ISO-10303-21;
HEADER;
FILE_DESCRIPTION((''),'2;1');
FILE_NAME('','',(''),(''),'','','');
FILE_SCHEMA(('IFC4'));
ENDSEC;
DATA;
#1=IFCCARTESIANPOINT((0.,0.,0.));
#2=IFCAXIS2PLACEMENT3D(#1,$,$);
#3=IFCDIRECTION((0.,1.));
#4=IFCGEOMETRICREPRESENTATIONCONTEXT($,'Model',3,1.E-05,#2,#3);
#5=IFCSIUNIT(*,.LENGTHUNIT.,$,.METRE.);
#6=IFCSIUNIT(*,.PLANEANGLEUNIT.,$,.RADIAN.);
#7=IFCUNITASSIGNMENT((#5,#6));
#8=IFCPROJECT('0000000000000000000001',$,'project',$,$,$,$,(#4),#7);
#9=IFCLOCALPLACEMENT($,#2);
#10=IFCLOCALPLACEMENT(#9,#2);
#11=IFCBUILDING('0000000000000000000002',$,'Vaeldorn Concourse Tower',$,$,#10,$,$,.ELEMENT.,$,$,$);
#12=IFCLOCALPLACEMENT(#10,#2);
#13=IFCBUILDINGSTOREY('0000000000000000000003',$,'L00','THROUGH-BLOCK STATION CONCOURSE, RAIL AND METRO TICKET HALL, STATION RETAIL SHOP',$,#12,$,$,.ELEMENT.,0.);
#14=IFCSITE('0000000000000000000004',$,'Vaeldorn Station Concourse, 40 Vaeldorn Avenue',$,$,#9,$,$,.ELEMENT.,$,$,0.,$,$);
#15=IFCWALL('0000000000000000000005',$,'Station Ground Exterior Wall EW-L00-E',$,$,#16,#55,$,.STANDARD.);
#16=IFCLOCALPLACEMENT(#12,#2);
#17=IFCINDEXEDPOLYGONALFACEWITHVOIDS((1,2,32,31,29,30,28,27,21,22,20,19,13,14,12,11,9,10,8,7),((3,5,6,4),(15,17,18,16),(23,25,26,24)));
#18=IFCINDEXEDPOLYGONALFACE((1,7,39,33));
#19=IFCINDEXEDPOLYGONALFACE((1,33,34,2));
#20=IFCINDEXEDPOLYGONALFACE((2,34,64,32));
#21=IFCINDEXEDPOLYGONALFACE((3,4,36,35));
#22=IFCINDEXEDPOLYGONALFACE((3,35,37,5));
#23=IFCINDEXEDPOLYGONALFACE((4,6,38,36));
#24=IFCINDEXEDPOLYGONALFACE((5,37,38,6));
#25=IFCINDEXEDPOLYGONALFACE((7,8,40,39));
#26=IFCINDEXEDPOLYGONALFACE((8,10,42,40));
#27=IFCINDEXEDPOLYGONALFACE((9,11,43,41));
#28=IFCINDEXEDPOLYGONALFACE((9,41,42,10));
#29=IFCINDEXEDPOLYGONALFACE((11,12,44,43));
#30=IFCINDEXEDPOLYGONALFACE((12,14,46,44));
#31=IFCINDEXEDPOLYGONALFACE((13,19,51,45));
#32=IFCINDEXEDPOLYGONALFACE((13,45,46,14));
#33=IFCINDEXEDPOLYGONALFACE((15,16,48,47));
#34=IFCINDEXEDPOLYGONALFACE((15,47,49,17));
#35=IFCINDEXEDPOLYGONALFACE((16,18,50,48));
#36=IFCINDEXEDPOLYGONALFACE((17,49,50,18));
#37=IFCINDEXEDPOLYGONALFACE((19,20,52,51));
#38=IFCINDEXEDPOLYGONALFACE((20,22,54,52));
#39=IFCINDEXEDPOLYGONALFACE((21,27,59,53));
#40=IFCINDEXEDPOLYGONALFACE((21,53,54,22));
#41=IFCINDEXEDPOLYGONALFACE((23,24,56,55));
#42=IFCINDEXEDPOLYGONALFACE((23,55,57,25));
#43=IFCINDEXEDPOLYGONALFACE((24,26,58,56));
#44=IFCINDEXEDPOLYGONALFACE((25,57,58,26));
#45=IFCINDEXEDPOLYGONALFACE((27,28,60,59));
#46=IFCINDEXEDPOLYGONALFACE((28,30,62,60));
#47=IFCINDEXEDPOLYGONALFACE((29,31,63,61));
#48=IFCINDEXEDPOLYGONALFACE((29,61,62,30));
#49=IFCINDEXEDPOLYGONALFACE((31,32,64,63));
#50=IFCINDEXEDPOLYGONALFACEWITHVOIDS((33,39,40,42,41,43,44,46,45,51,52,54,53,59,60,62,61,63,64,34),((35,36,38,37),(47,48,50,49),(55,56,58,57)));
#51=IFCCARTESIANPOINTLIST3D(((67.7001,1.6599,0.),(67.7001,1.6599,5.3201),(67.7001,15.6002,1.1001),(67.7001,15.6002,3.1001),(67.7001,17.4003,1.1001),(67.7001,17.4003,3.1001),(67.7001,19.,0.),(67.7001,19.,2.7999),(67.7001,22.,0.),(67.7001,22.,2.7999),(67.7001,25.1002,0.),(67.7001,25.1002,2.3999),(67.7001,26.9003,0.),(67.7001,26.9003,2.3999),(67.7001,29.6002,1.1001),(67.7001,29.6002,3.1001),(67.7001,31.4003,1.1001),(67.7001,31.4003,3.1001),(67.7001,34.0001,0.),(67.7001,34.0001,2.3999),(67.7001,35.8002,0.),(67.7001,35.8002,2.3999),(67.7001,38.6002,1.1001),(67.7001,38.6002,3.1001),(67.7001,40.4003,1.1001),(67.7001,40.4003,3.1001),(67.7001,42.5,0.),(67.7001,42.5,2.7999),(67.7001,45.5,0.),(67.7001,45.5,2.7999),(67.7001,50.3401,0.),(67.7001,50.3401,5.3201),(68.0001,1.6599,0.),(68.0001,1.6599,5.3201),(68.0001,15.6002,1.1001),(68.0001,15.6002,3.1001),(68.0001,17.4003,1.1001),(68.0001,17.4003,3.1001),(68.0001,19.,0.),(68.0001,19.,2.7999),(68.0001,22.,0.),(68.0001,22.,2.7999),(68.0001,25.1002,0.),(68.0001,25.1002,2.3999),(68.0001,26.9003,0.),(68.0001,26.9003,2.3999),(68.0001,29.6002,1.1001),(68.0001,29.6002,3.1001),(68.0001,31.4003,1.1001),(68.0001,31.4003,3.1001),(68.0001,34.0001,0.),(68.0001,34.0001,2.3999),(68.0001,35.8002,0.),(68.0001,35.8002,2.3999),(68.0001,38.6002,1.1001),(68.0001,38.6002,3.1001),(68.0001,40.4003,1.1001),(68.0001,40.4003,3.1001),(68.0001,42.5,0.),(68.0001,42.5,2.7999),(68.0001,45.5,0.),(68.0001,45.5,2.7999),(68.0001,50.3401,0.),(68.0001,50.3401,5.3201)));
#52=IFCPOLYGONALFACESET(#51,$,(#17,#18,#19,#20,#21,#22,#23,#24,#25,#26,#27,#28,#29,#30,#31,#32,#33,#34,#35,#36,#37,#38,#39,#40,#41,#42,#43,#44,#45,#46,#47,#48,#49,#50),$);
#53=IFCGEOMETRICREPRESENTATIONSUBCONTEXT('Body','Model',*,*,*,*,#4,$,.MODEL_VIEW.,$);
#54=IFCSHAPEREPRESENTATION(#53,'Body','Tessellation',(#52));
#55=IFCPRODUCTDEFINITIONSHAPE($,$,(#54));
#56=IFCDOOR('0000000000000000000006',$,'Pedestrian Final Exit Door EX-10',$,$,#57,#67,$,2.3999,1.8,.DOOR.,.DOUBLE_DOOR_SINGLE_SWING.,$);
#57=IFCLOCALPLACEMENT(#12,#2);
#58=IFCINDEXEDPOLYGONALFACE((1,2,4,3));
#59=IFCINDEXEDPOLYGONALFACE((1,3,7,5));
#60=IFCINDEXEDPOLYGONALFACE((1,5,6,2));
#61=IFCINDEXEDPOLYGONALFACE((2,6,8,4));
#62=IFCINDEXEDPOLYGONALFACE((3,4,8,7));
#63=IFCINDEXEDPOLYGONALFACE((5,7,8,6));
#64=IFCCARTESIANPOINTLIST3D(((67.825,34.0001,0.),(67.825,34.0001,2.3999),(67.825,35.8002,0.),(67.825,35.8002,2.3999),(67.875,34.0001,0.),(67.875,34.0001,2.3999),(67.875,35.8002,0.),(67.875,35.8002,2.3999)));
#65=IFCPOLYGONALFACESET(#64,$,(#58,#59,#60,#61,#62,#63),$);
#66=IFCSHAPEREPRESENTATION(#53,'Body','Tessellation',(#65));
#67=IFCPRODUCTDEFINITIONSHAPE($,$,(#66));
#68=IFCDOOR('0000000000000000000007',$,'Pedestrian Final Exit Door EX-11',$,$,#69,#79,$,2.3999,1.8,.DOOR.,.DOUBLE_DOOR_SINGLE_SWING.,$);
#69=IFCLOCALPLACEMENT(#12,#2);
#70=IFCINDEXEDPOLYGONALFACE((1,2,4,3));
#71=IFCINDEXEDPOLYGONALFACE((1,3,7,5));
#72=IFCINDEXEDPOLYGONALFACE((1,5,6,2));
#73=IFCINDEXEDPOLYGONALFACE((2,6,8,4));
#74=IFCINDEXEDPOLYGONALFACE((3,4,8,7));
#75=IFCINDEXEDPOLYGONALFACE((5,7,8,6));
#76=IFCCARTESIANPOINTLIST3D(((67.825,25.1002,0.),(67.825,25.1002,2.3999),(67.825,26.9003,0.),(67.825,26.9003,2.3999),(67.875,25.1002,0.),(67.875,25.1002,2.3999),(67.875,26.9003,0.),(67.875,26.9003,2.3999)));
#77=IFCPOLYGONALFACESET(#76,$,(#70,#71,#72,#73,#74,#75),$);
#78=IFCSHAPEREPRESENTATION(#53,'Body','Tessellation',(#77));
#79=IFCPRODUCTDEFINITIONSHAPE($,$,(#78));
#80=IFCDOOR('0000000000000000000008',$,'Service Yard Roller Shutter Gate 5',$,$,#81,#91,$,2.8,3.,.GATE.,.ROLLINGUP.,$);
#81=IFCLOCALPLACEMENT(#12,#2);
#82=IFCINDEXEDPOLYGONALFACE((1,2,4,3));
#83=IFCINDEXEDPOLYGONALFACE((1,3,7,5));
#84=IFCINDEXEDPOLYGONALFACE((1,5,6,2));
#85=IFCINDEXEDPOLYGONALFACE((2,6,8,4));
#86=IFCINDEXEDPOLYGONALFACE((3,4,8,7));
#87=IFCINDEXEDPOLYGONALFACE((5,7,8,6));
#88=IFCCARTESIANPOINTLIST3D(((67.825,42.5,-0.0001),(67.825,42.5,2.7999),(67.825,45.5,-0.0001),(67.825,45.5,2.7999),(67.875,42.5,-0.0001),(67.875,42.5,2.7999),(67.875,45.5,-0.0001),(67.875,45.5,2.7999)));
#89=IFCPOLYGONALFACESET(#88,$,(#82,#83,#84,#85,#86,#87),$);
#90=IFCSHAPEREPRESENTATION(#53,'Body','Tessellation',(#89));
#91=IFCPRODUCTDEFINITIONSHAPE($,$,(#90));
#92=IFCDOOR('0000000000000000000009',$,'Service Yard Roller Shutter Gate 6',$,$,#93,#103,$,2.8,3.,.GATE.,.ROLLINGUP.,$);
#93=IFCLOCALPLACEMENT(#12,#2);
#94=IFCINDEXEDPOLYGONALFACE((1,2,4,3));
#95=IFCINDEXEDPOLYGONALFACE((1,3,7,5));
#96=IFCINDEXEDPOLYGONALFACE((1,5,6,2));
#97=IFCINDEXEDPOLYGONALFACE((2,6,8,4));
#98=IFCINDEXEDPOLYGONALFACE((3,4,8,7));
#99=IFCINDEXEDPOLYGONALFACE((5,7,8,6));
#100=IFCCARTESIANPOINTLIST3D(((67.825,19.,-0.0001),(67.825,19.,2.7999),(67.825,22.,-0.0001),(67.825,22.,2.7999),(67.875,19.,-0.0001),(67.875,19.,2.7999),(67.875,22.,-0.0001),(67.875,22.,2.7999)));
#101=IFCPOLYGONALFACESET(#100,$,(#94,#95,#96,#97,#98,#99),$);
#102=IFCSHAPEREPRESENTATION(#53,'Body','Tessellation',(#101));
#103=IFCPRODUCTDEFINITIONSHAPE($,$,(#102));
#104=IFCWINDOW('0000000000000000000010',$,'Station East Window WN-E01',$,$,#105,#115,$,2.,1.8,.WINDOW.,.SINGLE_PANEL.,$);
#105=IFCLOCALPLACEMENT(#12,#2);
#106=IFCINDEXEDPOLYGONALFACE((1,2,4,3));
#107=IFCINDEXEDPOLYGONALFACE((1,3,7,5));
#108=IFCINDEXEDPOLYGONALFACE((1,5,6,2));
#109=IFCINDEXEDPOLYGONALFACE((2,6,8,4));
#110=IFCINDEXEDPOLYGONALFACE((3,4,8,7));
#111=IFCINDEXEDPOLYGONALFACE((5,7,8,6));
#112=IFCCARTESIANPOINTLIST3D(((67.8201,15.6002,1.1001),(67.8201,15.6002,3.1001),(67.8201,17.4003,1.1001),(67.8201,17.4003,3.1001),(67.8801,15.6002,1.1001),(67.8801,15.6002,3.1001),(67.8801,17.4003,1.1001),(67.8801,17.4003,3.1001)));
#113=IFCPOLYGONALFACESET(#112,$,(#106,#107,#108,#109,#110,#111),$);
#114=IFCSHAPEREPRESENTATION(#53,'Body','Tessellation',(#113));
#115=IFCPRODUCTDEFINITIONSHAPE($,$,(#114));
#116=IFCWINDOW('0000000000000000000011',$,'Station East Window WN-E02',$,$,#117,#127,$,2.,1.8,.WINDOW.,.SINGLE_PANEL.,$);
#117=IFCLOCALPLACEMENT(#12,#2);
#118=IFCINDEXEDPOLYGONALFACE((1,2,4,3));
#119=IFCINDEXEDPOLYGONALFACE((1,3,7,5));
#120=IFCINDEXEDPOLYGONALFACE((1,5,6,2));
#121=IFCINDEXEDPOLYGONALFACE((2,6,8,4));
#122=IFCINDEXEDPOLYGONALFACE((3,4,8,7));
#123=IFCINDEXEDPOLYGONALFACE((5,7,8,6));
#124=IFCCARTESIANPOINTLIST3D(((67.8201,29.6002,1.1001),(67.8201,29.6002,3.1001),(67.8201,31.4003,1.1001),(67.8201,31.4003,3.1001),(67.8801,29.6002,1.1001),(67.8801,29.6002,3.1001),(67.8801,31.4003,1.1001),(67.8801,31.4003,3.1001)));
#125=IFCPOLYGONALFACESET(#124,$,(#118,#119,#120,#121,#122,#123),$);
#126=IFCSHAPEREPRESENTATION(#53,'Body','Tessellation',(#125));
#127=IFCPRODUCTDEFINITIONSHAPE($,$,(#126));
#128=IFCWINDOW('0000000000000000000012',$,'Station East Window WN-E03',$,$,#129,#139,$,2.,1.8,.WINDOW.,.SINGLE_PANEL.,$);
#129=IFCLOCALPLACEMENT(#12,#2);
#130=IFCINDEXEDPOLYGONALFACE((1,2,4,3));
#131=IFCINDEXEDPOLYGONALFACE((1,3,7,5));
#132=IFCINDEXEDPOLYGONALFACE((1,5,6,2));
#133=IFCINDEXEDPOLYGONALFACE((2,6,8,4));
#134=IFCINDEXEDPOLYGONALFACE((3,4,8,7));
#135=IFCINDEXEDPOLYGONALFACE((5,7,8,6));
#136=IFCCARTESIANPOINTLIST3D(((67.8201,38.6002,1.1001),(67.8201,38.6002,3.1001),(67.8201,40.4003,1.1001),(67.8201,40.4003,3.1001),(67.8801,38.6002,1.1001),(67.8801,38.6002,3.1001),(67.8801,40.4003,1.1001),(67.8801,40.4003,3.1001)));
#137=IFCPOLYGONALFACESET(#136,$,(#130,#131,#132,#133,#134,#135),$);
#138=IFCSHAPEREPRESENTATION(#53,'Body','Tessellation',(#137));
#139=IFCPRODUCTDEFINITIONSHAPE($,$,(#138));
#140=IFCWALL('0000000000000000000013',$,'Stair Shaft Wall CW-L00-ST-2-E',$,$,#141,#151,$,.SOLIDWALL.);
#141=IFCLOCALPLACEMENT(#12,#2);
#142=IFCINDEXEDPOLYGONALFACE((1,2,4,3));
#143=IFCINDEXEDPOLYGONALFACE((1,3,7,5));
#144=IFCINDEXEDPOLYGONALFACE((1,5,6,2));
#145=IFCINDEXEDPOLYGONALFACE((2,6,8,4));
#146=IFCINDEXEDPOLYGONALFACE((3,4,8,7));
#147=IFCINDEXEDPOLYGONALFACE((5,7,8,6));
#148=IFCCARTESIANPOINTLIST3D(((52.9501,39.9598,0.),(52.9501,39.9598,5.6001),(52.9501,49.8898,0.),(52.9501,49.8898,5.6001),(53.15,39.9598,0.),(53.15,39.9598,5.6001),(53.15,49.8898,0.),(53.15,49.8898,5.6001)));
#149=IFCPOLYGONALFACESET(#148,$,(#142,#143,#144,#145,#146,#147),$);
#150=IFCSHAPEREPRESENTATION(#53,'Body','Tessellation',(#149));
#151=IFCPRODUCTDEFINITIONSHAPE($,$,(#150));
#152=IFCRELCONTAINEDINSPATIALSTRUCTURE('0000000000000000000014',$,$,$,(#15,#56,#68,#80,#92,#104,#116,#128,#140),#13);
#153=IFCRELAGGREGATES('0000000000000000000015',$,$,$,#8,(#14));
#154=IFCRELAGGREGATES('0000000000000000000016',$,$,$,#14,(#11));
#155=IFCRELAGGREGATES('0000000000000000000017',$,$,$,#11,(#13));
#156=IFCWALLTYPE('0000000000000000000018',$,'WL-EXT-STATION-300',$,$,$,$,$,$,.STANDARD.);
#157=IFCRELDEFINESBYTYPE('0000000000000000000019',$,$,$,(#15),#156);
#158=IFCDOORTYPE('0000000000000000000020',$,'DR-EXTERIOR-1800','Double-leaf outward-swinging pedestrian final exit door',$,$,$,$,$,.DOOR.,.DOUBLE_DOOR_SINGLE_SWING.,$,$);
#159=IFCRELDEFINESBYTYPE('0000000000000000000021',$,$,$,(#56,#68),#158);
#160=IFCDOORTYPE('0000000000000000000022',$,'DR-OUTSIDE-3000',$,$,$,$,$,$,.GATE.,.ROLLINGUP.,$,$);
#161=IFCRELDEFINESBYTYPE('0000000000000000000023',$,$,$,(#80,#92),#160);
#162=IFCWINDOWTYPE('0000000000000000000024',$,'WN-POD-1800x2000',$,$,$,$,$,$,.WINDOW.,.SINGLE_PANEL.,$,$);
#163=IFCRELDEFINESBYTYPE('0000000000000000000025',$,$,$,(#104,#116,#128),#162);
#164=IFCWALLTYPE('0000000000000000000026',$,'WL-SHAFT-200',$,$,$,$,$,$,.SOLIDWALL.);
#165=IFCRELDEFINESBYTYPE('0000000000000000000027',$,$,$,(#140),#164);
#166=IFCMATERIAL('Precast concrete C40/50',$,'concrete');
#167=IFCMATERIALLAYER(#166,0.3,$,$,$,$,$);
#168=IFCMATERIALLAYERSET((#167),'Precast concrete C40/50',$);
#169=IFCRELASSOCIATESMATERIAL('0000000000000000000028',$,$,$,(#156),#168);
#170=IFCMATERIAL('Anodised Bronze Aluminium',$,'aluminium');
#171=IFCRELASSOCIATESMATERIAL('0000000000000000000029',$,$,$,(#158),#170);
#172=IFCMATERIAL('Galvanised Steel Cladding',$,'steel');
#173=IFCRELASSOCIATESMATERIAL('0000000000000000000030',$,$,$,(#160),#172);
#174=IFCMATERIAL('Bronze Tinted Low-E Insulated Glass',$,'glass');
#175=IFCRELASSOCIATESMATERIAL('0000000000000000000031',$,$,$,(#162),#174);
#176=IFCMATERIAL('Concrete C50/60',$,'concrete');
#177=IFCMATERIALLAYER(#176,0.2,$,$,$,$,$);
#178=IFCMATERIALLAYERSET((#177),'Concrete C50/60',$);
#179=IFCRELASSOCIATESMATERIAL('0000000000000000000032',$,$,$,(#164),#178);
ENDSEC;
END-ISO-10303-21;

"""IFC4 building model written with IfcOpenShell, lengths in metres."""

from ifc_helpers import new_model, si_unit, direction, frame, frame_2d, origin, place, context, subcontext, project, spatial, rectangle, extrude, source, transform, mapped, material, layer, layer_set, type_object, element, fill, save


model = new_model("IFC4")

# Units and contexts
model_context = context("Model", 3, precision=1e-05, world=origin(), true_north=direction((0.0, 1.0)))
body_context = subcontext(model_context, "Body", "Model", "MODEL_VIEW")
ifc_project = project(units=[si_unit("LENGTHUNIT", "METRE"), si_unit("PLANEANGLEUNIT", "RADIAN")], contexts=[model_context])

# Site, building, storey
site_placement = place(None, origin())
site = spatial("IfcSite", under=ifc_project, at=site_placement, Name="Vaeldorn Station Concourse, 40 Vaeldorn Avenue", CompositionType="ELEMENT", RefElevation=0.0)
building_placement = place(site_placement, origin())
building = spatial("IfcBuilding", under=site, at=building_placement, Name="Vaeldorn Concourse Tower", CompositionType="ELEMENT")
storey_placement = place(building_placement, origin())
storey = spatial("IfcBuildingStorey", under=building, at=storey_placement, Name="L00", Description="THROUGH-BLOCK STATION CONCOURSE, RAIL AND METRO TICKET HALL, STATION RETAIL SHOP", CompositionType="ELEMENT", Elevation=0.0)

# Shared definitions
ifc_material_1 = material(Name="Precast concrete C40/50", Category="concrete")
ifc_layer_1 = layer(ifc_material_1, 0.3)
ifc_layer_set_1 = layer_set([ifc_layer_1], Name="Precast concrete C40/50")
wall_type_1 = type_object("IfcWallType", Name="WL-EXT-STATION-300", PredefinedType="STANDARD", material=ifc_layer_set_1)

# Wall, openings, doors, windows
wall_1_placement = place(storey_placement, frame((67.8501, 50.3401, 0.0), z_axis=(0.0, 0.0, 1.0), x_axis=(0.0, -1.0, 0.0)))
wall_1 = element("IfcWall", 1, at=wall_1_placement, inside=storey, type_object=wall_type_1, Name="Station Ground Exterior Wall EW-L00-E", PredefinedType="STANDARD", context=body_context, shape_type="SweptSolid", body=[
    extrude(rectangle(XDim=48.6802, YDim=0.3, at=frame_2d((24.3401, 0.0))), origin(), (0.0, 0.0, 1.0), 5.3201),
])
opening_1_placement = place(wall_1_placement, frame((14.54, 0.0, 0.0)))
opening_1 = element("IfcOpeningElement", 2, at=opening_1_placement, cuts=wall_1, PredefinedType="OPENING", context=body_context, shape_type="SweptSolid", body=[
    extrude(rectangle(XDim=1.8, YDim=2.3999, at=frame_2d((0.8999, 1.2))), frame((0.0, 0.1602, 0.0), z_axis=(0.0, -1.0, 0.0), x_axis=(1.0, 0.0, 0.0)), (0.0, 0.0, 1.0), 0.3201),
])
opening_2_placement = place(wall_1_placement, frame((23.4399, 0.0, 0.0)))
opening_2 = element("IfcOpeningElement", 3, at=opening_2_placement, cuts=wall_1, PredefinedType="OPENING", context=body_context, shape_type="SweptSolid", body=[
    extrude(rectangle(XDim=1.8, YDim=2.3999, at=frame_2d((0.8999, 1.2))), frame((0.0, 0.1602, 0.0), z_axis=(0.0, -1.0, 0.0), x_axis=(1.0, 0.0, 0.0)), (0.0, 0.0, 1.0), 0.3201),
])
opening_3_placement = place(wall_1_placement, frame((4.8401, 0.0, 0.0)))
opening_3 = element("IfcOpeningElement", 4, at=opening_3_placement, cuts=wall_1, PredefinedType="OPENING", context=body_context, shape_type="SweptSolid", body=[
    extrude(rectangle(XDim=3.0, YDim=2.8, at=frame_2d((1.5, 1.3999))), frame((0.0, 0.1602, 0.0), z_axis=(0.0, -1.0, 0.0), x_axis=(1.0, 0.0, 0.0)), (0.0, 0.0, 1.0), 0.3201),
])
opening_4_placement = place(wall_1_placement, frame((28.3401, 0.0, 0.0)))
opening_4 = element("IfcOpeningElement", 5, at=opening_4_placement, cuts=wall_1, PredefinedType="OPENING", context=body_context, shape_type="SweptSolid", body=[
    extrude(rectangle(XDim=3.0, YDim=2.8, at=frame_2d((1.5, 1.3999))), frame((0.0, 0.1602, 0.0), z_axis=(0.0, -1.0, 0.0), x_axis=(1.0, 0.0, 0.0)), (0.0, 0.0, 1.0), 0.3201),
])
opening_5_placement = place(wall_1_placement, frame((32.9399, 0.0, 1.1001)))
opening_5 = element("IfcOpeningElement", 6, at=opening_5_placement, cuts=wall_1, PredefinedType="OPENING", context=body_context, shape_type="SweptSolid", body=[
    extrude(rectangle(XDim=1.8, YDim=2.0, at=frame_2d((0.8999, 1.0))), frame((0.0, 0.1602, 0.0), z_axis=(0.0, -1.0, 0.0), x_axis=(1.0, 0.0, 0.0)), (0.0, 0.0, 1.0), 0.3201),
])
opening_6_placement = place(wall_1_placement, frame((18.9399, 0.0, 1.1001)))
opening_6 = element("IfcOpeningElement", 7, at=opening_6_placement, cuts=wall_1, PredefinedType="OPENING", context=body_context, shape_type="SweptSolid", body=[
    extrude(rectangle(XDim=1.8, YDim=2.0, at=frame_2d((0.8999, 1.0))), frame((0.0, 0.1602, 0.0), z_axis=(0.0, -1.0, 0.0), x_axis=(1.0, 0.0, 0.0)), (0.0, 0.0, 1.0), 0.3201),
])
opening_7_placement = place(wall_1_placement, frame((9.9399, 0.0, 1.1001)))
opening_7 = element("IfcOpeningElement", 8, at=opening_7_placement, cuts=wall_1, PredefinedType="OPENING", context=body_context, shape_type="SweptSolid", body=[
    extrude(rectangle(XDim=1.8, YDim=2.0, at=frame_2d((0.8999, 1.0))), frame((0.0, 0.1602, 0.0), z_axis=(0.0, -1.0, 0.0), x_axis=(1.0, 0.0, 0.0)), (0.0, 0.0, 1.0), 0.3201),
])
ifc_material_2 = material(Name="Anodised Bronze Aluminium", Category="aluminium")
door_type_1 = type_object("IfcDoorType", Name="DR-EXTERIOR-1800", Description="Double-leaf outward-swinging pedestrian final exit door", OperationType="DOUBLE_DOOR_SINGLE_SWING", PredefinedType="DOOR", material=ifc_material_2)
shared_shape_1 = source(origin(), body_context, "Body", "SweptSolid", [
    extrude(rectangle(XDim=1.8, YDim=2.3999, at=frame_2d((0.8999, 1.2))), frame((0.0, 0.0249, 0.0), z_axis=(0.0, -1.0, 0.0), x_axis=(1.0, 0.0, 0.0)), (0.0, 0.0, 1.0), 0.05),
])
door_1_placement = place(opening_1_placement, origin())
door_1 = element("IfcDoor", 9, at=door_1_placement, inside=storey, type_object=door_type_1, Name="Pedestrian Final Exit Door EX-10", OperationType="DOUBLE_DOOR_SINGLE_SWING", OverallHeight=2.3999, OverallWidth=1.8, PredefinedType="DOOR", context=body_context, shape_type="MappedRepresentation", body=[
    mapped(shared_shape_1, transform((0.0, 0.0, 0.0), scale=1.0)),
])
fill(opening_1, door_1)
door_2_placement = place(opening_2_placement, origin())
door_2 = element("IfcDoor", 10, at=door_2_placement, inside=storey, type_object=door_type_1, Name="Pedestrian Final Exit Door EX-11", OperationType="DOUBLE_DOOR_SINGLE_SWING", OverallHeight=2.3999, OverallWidth=1.8, PredefinedType="DOOR", context=body_context, shape_type="MappedRepresentation", body=[
    mapped(shared_shape_1, transform((0.0, 0.0, 0.0), scale=1.0)),
])
fill(opening_2, door_2)
ifc_material_3 = material(Name="Galvanised Steel Cladding", Category="steel")
door_type_2 = type_object("IfcDoorType", Name="DR-OUTSIDE-3000", OperationType="ROLLINGUP", PredefinedType="GATE", material=ifc_material_3)
shared_shape_2 = source(origin(), body_context, "Body", "SweptSolid", [
    extrude(rectangle(XDim=3.0, YDim=2.8, at=frame_2d((1.5, 1.3999))), frame((0.0, 0.0249, 0.0), z_axis=(0.0, -1.0, 0.0), x_axis=(1.0, 0.0, 0.0)), (0.0, 0.0, 1.0), 0.05),
])
door_3_placement = place(opening_3_placement, origin())
door_3 = element("IfcDoor", 11, at=door_3_placement, inside=storey, type_object=door_type_2, Name="Service Yard Roller Shutter Gate 5", OperationType="ROLLINGUP", OverallHeight=2.8, OverallWidth=3.0, PredefinedType="GATE", context=body_context, shape_type="MappedRepresentation", body=[
    mapped(shared_shape_2, transform((0.0, 0.0, 0.0), scale=1.0)),
])
fill(opening_3, door_3)
door_4_placement = place(opening_4_placement, origin())
door_4 = element("IfcDoor", 12, at=door_4_placement, inside=storey, type_object=door_type_2, Name="Service Yard Roller Shutter Gate 6", OperationType="ROLLINGUP", OverallHeight=2.8, OverallWidth=3.0, PredefinedType="GATE", context=body_context, shape_type="MappedRepresentation", body=[
    mapped(shared_shape_2, transform((0.0, 0.0, 0.0), scale=1.0)),
])
fill(opening_4, door_4)
ifc_material_4 = material(Name="Bronze Tinted Low-E Insulated Glass", Category="glass")
window_type = type_object("IfcWindowType", Name="WN-POD-1800x2000", PartitioningType="SINGLE_PANEL", PredefinedType="WINDOW", material=ifc_material_4)
shared_shape_3 = source(origin(), body_context, "Body", "SweptSolid", [
    extrude(rectangle(XDim=1.8, YDim=2.0, at=frame_2d((0.8999, 1.0))), frame((0.0, 0.03, 0.0), z_axis=(0.0, -1.0, 0.0), x_axis=(1.0, 0.0, 0.0)), (0.0, 0.0, 1.0), 0.0601),
])
window_1_placement = place(opening_5_placement, origin())
window_1 = element("IfcWindow", 13, at=window_1_placement, inside=storey, type_object=window_type, Name="Station East Window WN-E01", OverallHeight=2.0, OverallWidth=1.8, PartitioningType="SINGLE_PANEL", PredefinedType="WINDOW", context=body_context, shape_type="MappedRepresentation", body=[
    mapped(shared_shape_3, transform((0.0, 0.0, 0.0), scale=1.0)),
])
fill(opening_5, window_1)
window_2_placement = place(opening_6_placement, origin())
window_2 = element("IfcWindow", 14, at=window_2_placement, inside=storey, type_object=window_type, Name="Station East Window WN-E02", OverallHeight=2.0, OverallWidth=1.8, PartitioningType="SINGLE_PANEL", PredefinedType="WINDOW", context=body_context, shape_type="MappedRepresentation", body=[
    mapped(shared_shape_3, transform((0.0, 0.0, 0.0), scale=1.0)),
])
fill(opening_6, window_2)
window_3_placement = place(opening_7_placement, origin())
window_3 = element("IfcWindow", 15, at=window_3_placement, inside=storey, type_object=window_type, Name="Station East Window WN-E03", OverallHeight=2.0, OverallWidth=1.8, PartitioningType="SINGLE_PANEL", PredefinedType="WINDOW", context=body_context, shape_type="MappedRepresentation", body=[
    mapped(shared_shape_3, transform((0.0, 0.0, 0.0), scale=1.0)),
])
fill(opening_7, window_3)

# Wall
ifc_material_5 = material(Name="Concrete C50/60", Category="concrete")
ifc_layer_2 = layer(ifc_material_5, 0.2)
ifc_layer_set_2 = layer_set([ifc_layer_2], Name="Concrete C50/60")
wall_type_2 = type_object("IfcWallType", Name="WL-SHAFT-200", PredefinedType="SOLIDWALL", material=ifc_layer_set_2)
wall_2_placement = place(storey_placement, frame((53.05, 39.96, 0.0), z_axis=(0.0, 0.0, 1.0), x_axis=(0.0, 1.0, 0.0)))
element("IfcWall", 16, at=wall_2_placement, inside=storey, type_object=wall_type_2, Name="Stair Shaft Wall CW-L00-ST-2-E", PredefinedType="SOLIDWALL", context=body_context, shape_type="SweptSolid", body=[
    extrude(rectangle(XDim=9.9299, YDim=0.2, at=frame_2d((4.9648, 0.0))), origin(), (0.0, 0.0, 1.0), 5.6001),
])

save(model, "model.ifc")
